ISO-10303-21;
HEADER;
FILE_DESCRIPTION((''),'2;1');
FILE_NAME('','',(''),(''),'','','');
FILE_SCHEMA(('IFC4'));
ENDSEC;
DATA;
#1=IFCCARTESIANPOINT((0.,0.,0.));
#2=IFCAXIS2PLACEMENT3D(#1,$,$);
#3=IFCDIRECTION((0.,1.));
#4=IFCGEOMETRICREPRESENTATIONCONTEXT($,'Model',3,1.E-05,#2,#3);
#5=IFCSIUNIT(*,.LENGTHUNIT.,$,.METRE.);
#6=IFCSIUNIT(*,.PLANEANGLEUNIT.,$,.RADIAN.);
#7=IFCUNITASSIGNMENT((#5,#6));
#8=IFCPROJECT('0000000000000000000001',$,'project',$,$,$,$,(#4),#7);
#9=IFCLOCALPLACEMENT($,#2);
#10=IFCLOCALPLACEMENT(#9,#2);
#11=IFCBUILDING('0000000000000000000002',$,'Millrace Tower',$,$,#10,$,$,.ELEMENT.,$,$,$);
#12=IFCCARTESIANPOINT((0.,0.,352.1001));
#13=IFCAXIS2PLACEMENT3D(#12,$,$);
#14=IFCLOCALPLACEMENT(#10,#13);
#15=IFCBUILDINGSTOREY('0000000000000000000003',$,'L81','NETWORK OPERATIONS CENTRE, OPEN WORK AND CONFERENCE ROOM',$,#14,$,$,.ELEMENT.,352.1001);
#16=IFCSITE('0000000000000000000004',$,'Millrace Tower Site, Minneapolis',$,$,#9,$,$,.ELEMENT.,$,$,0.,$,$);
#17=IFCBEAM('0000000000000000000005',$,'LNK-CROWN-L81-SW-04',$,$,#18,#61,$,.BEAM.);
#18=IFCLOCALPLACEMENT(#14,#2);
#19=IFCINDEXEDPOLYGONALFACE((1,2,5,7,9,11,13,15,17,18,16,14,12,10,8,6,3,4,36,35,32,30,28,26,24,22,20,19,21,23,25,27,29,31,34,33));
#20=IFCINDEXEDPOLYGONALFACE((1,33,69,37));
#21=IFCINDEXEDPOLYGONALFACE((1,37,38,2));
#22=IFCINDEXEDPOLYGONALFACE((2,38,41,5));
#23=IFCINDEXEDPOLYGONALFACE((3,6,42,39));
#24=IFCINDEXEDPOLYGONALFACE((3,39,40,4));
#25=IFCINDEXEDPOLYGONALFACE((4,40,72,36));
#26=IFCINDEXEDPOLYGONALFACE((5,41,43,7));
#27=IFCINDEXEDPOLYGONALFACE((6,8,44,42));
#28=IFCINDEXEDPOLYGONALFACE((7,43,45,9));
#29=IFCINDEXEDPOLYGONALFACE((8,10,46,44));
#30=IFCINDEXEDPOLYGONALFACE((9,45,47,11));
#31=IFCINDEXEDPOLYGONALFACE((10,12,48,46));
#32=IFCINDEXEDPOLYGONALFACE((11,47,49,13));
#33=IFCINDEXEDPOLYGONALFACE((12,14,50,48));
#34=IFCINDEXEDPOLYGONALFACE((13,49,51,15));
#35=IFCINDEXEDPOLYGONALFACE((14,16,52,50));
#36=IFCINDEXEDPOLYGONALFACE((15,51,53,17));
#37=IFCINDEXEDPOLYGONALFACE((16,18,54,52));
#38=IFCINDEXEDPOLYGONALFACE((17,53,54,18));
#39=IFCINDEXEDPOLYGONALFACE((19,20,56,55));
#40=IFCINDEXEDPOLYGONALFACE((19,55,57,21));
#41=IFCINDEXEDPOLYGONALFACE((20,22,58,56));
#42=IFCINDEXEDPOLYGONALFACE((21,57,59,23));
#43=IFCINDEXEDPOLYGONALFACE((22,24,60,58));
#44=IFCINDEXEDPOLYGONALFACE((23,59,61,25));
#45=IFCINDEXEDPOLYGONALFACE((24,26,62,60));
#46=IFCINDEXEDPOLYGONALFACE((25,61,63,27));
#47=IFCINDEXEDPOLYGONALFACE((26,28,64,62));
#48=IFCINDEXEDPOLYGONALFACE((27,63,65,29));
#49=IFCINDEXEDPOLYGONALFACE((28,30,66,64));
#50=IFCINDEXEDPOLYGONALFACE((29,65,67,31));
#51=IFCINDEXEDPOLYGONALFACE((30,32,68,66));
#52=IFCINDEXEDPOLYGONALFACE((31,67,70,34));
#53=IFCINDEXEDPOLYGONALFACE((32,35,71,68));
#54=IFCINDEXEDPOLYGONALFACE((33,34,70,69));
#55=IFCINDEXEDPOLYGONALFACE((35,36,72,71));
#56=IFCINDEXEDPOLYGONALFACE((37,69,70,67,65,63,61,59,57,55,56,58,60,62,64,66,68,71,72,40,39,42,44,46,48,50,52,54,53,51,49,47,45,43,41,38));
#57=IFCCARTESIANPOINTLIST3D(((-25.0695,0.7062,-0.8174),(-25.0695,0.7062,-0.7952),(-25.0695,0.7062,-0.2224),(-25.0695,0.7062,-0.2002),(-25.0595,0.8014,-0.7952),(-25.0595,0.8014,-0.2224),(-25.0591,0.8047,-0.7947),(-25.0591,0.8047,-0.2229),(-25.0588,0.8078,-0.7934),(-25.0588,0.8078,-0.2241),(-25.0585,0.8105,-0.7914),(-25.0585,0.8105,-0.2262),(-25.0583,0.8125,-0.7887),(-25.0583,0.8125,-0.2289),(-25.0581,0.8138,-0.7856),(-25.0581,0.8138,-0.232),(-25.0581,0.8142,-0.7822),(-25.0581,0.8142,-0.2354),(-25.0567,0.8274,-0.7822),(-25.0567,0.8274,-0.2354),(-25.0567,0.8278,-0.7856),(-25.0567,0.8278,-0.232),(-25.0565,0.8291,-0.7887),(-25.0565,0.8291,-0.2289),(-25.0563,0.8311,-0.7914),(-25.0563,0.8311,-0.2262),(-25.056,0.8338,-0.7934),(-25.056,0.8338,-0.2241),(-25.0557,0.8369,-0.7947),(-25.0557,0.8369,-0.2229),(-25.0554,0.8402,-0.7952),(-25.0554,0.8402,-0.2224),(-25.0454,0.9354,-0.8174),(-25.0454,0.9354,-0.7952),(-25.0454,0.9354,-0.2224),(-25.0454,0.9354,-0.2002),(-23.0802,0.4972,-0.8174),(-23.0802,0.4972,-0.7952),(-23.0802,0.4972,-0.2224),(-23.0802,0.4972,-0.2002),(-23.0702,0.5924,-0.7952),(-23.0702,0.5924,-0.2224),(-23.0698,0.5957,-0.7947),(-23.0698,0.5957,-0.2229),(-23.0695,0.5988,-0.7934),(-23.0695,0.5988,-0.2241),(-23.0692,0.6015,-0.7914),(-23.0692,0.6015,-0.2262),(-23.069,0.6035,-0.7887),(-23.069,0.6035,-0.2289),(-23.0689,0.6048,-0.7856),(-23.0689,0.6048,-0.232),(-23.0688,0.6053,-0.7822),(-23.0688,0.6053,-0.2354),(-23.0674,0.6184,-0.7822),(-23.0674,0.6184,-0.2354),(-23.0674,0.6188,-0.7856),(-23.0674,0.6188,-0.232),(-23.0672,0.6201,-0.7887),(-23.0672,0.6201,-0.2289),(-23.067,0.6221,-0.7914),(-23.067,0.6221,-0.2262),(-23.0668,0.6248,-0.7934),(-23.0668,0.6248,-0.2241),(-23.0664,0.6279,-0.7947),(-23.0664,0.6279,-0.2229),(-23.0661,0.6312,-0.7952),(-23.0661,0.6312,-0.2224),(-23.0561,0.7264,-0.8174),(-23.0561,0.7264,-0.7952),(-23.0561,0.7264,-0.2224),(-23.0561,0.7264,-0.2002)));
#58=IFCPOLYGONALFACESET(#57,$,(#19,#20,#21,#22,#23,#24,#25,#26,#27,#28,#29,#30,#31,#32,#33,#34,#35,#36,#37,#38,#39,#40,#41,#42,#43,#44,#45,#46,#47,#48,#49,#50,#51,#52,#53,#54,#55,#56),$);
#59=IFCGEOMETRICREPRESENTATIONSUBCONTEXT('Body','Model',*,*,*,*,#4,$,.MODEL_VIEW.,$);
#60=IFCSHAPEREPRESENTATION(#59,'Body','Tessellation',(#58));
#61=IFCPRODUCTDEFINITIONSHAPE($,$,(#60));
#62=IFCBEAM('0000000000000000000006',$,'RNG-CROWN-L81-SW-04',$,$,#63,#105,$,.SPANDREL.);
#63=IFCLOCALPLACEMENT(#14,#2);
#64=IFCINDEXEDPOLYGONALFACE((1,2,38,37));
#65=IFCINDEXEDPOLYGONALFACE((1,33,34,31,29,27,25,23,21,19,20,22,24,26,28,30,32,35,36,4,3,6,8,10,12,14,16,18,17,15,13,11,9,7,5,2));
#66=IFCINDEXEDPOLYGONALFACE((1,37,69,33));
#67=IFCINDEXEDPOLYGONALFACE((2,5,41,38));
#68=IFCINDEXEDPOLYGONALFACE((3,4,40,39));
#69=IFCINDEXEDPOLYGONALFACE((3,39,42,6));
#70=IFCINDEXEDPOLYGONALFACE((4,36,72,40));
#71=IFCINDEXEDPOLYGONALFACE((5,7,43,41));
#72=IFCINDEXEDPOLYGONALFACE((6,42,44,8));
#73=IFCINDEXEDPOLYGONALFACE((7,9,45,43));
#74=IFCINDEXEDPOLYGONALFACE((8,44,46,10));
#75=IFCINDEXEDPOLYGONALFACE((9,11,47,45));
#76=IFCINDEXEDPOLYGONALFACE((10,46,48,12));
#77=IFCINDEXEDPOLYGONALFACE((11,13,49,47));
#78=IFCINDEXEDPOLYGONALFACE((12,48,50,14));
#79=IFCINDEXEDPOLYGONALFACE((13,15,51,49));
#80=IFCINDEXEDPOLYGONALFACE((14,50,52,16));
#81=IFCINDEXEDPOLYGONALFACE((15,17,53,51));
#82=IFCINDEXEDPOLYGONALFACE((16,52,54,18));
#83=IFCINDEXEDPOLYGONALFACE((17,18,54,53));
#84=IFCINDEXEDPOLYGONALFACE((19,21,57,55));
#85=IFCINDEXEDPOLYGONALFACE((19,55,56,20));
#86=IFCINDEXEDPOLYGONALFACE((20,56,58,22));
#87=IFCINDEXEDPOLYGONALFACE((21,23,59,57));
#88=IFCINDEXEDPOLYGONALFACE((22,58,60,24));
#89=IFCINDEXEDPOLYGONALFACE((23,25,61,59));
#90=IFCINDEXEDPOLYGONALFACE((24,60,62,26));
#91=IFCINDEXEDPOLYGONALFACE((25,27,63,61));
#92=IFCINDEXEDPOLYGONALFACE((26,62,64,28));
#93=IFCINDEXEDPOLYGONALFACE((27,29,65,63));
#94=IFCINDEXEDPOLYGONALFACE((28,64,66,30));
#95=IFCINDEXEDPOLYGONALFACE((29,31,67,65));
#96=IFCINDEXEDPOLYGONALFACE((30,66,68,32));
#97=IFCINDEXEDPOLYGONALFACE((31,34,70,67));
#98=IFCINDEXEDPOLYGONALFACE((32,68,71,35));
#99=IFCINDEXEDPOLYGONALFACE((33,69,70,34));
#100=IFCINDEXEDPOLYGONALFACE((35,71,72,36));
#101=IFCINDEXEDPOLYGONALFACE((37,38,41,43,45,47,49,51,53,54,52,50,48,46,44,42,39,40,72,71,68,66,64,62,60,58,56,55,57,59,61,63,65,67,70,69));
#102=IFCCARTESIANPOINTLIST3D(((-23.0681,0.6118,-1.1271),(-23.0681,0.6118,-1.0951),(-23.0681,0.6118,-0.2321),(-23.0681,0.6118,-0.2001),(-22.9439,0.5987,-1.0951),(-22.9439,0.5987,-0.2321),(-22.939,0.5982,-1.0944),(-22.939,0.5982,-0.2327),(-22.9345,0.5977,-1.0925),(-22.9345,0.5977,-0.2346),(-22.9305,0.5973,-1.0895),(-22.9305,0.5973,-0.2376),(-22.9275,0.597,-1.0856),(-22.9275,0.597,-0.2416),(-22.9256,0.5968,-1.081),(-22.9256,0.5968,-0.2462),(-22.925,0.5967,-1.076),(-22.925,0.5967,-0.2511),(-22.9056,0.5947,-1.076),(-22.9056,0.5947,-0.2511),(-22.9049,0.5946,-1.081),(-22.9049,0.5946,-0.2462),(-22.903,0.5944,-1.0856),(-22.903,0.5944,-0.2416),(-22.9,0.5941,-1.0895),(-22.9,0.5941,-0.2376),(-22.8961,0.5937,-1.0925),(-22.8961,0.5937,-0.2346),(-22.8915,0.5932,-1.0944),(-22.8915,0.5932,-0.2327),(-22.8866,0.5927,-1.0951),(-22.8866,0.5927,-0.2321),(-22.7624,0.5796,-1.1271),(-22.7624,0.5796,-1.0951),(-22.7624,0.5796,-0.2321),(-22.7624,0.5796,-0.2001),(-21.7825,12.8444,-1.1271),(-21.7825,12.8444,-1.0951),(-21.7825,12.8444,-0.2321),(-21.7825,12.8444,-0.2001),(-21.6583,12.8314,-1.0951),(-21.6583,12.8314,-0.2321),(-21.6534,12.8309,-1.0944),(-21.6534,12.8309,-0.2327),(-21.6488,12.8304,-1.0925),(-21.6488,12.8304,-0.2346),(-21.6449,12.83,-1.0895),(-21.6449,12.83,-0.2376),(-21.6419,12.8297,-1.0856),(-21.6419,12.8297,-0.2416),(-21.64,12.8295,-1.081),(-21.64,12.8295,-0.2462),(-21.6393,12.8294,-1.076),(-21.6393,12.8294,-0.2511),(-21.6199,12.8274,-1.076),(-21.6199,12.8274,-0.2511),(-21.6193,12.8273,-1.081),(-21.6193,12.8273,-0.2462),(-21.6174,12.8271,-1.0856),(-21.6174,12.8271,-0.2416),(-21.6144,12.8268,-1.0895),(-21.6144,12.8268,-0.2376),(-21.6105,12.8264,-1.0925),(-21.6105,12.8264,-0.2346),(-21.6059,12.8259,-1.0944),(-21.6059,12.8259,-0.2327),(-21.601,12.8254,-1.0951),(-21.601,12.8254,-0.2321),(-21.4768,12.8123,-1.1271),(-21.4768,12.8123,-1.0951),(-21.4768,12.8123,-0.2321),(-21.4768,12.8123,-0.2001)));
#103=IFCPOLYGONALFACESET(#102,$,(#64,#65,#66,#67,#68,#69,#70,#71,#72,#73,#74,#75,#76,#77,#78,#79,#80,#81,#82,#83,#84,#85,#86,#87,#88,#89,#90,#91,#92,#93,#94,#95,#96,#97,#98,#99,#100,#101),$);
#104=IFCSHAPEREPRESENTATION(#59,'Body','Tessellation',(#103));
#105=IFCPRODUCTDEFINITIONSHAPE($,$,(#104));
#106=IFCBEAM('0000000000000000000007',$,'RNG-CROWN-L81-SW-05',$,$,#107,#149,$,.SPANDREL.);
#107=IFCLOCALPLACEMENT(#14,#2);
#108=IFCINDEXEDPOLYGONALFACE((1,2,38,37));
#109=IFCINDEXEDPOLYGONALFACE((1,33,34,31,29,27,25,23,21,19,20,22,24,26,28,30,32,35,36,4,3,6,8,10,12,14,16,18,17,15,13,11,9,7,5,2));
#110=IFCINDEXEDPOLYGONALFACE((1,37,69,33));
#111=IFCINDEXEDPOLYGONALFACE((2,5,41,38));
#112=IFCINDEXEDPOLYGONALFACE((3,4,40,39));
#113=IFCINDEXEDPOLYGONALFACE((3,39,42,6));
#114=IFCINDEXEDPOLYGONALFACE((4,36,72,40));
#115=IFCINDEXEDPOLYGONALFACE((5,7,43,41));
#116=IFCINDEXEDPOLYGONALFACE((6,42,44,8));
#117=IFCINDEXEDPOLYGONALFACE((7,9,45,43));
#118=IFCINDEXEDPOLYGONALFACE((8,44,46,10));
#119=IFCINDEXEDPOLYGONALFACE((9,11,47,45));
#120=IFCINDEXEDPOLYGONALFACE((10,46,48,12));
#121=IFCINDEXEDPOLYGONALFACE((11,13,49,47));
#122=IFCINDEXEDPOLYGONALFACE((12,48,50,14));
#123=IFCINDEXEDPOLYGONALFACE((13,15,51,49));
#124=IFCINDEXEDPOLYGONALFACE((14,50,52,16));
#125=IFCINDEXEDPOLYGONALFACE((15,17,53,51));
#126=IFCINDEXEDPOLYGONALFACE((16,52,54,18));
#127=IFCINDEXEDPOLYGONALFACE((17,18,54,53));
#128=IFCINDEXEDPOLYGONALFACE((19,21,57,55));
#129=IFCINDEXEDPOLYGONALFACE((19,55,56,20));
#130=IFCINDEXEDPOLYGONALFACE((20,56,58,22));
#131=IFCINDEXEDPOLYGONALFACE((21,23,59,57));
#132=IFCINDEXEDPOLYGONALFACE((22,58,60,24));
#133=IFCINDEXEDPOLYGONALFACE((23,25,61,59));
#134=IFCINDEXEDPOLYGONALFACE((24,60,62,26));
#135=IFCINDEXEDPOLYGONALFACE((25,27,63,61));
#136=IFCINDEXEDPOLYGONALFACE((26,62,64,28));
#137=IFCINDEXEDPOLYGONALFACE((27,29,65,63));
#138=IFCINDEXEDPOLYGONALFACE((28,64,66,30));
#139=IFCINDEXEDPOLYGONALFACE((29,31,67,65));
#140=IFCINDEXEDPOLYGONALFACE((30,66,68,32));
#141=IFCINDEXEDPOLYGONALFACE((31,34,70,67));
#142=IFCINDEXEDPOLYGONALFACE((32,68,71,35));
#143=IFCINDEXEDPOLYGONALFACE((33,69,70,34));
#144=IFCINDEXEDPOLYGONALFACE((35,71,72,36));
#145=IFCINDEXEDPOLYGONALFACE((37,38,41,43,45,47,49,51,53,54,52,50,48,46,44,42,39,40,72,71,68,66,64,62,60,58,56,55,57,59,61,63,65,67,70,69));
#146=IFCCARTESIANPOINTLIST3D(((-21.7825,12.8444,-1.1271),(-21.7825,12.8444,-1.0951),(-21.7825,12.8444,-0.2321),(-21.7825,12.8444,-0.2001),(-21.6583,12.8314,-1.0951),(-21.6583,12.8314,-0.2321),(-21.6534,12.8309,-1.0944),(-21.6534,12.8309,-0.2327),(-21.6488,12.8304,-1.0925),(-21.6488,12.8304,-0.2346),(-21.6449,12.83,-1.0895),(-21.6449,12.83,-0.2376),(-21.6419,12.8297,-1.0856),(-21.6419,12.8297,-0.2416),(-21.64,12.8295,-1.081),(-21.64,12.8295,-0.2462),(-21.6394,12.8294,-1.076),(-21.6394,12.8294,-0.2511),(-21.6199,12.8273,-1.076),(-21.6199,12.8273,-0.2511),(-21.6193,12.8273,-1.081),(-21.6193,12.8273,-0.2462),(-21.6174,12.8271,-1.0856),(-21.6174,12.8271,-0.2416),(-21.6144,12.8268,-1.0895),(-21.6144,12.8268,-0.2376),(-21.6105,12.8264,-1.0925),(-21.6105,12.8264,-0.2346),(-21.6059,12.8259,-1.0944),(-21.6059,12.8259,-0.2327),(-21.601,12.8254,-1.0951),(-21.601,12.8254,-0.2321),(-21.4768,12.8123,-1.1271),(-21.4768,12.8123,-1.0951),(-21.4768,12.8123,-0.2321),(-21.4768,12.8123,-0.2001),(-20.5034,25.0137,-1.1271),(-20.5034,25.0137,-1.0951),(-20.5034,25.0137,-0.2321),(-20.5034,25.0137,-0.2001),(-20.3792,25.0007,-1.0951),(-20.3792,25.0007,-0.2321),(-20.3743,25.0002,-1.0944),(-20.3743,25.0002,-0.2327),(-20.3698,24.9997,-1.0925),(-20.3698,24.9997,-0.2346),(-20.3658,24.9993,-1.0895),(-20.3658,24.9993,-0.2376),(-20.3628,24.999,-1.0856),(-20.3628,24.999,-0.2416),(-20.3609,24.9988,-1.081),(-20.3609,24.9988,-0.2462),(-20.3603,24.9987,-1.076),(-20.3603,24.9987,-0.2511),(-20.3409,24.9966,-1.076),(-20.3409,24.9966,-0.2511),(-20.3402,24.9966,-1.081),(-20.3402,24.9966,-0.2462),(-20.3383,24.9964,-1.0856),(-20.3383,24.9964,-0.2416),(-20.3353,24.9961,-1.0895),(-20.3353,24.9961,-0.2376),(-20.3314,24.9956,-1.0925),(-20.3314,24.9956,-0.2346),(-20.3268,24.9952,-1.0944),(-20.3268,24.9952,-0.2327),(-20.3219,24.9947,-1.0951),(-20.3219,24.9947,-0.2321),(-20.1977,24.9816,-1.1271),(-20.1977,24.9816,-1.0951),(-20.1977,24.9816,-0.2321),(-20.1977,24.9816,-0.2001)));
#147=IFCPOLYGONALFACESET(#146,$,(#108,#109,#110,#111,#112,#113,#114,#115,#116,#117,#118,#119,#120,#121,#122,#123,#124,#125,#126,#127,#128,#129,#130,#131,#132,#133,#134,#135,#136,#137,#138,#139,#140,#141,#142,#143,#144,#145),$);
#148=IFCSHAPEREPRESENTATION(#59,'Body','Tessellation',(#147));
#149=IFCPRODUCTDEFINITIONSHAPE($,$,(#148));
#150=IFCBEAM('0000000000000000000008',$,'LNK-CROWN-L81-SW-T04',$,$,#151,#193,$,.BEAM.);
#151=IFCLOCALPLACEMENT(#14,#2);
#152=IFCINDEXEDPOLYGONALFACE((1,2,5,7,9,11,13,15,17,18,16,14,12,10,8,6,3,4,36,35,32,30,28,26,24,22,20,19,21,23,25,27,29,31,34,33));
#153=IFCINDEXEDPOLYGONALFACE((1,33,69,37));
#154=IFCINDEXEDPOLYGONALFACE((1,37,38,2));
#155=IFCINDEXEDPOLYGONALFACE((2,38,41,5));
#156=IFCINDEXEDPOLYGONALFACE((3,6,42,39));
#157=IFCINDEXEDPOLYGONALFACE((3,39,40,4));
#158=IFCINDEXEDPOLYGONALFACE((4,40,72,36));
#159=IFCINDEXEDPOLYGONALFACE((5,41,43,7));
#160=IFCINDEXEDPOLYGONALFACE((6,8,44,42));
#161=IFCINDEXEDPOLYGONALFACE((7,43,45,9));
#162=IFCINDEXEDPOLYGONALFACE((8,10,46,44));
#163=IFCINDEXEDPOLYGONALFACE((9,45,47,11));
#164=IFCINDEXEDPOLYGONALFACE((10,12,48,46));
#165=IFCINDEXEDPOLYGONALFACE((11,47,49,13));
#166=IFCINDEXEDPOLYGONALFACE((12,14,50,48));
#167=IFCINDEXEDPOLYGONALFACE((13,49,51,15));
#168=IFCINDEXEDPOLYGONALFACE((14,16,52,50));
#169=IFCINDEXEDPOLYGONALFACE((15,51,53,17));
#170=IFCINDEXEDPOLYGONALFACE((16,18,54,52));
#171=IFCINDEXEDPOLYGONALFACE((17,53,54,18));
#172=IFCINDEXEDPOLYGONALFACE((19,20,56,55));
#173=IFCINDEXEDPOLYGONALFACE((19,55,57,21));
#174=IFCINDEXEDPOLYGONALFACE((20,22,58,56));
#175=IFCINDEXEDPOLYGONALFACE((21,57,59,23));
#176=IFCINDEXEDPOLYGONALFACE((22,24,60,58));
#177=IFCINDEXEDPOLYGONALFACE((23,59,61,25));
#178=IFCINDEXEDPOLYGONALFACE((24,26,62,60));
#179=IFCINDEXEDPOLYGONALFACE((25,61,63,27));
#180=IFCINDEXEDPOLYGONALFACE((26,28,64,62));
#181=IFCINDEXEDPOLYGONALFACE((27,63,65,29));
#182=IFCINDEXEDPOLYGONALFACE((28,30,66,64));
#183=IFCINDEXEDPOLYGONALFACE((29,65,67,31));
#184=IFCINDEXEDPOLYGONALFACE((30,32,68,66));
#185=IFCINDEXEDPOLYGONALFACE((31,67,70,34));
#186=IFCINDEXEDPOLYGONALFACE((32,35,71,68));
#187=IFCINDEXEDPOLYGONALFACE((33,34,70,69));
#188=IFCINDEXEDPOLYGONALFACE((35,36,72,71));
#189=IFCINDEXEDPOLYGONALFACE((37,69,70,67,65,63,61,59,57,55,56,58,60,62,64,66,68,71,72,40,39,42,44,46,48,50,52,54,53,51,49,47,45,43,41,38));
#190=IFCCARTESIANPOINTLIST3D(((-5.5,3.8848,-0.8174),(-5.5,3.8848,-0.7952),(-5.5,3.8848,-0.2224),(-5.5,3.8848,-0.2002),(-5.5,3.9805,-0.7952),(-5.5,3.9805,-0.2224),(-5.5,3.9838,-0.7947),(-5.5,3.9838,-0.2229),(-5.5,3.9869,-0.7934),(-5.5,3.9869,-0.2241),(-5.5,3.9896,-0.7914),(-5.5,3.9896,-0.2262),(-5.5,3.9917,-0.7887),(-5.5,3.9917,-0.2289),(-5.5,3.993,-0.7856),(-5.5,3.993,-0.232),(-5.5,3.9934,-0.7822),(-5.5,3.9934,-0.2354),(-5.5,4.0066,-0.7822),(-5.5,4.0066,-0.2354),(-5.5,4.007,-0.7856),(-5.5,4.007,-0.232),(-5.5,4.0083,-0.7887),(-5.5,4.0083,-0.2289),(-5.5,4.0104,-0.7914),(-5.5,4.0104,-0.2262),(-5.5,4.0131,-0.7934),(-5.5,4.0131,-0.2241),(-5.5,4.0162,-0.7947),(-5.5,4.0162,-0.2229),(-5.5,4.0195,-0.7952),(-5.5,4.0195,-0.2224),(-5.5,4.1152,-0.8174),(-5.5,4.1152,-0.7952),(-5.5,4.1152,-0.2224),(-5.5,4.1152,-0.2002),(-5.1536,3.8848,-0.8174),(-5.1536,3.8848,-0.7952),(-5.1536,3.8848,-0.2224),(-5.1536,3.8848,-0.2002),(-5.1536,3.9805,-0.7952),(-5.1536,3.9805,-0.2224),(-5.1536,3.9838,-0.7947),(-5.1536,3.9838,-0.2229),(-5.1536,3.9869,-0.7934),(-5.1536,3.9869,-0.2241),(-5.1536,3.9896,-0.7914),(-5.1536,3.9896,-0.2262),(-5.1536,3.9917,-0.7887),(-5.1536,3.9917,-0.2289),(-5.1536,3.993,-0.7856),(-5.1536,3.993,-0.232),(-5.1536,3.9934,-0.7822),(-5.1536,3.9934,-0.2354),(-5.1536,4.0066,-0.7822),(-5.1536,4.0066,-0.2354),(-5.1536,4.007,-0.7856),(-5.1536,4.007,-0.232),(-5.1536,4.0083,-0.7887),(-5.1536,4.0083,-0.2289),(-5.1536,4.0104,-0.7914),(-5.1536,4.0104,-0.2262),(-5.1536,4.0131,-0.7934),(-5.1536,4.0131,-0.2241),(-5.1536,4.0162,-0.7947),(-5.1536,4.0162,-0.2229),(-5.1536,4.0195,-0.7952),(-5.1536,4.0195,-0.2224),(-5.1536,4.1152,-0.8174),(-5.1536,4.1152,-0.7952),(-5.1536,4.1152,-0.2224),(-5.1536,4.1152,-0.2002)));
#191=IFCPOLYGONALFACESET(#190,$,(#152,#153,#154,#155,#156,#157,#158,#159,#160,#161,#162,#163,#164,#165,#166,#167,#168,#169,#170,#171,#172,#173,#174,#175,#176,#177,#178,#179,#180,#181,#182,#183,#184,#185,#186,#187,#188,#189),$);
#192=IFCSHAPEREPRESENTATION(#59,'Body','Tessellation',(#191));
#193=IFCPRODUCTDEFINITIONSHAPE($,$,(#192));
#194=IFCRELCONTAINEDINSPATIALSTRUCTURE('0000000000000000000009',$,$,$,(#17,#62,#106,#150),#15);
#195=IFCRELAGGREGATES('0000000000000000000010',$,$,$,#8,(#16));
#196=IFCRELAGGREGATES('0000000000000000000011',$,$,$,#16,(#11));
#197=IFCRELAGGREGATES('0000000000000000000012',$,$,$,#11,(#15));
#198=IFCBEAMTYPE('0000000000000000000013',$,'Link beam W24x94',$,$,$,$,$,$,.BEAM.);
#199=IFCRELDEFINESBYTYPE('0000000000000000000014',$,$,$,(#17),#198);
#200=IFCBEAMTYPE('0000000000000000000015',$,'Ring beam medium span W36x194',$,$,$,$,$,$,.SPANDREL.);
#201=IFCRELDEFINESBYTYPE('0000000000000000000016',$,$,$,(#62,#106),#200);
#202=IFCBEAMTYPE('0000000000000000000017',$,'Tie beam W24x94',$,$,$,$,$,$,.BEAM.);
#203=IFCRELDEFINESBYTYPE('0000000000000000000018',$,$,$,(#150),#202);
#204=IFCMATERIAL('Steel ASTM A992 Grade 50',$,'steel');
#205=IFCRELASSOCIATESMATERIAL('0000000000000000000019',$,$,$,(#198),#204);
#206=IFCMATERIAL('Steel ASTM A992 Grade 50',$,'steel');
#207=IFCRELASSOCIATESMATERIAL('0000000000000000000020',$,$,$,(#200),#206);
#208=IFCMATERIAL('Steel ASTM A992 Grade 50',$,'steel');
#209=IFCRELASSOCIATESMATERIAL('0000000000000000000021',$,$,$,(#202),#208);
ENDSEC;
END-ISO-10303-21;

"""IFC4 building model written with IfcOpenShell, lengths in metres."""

from ifc_helpers import new_model, si_unit, direction, frame, origin, origin_2d, place, context, subcontext, project, spatial, i_section, extrude, material, material_profile, profile_set, type_object, element, save


model = new_model("IFC4")

# Units and contexts
model_context = context("Model", 3, precision=1e-05, world=origin(), true_north=direction((0.0, 1.0)))
body_context = subcontext(model_context, "Body", "Model", "MODEL_VIEW")
ifc_project = project(units=[si_unit("LENGTHUNIT", "METRE"), si_unit("PLANEANGLEUNIT", "RADIAN")], contexts=[model_context])

# Site, building, storey
site_placement = place(None, origin())
site = spatial("IfcSite", under=ifc_project, at=site_placement, Name="Millrace Tower Site, Minneapolis", CompositionType="ELEMENT", RefElevation=0.0)
building_placement = place(site_placement, origin())
building = spatial("IfcBuilding", under=site, at=building_placement, Name="Millrace Tower", CompositionType="ELEMENT")
storey_placement = place(building_placement, frame((0.0, 0.0, 352.1001)))
storey = spatial("IfcBuildingStorey", under=building, at=storey_placement, Name="L81", Description="NETWORK OPERATIONS CENTRE, OPEN WORK AND CONFERENCE ROOM", CompositionType="ELEMENT", Elevation=352.1001)

# Beams
ifc_material_1 = material(Name="Steel ASTM A992 Grade 50", Category="steel")
ifc_material_profile_1 = material_profile(ifc_material_1, i_section(OverallWidth=0.2305, OverallDepth=0.6172, WebThickness=0.0132, FlangeThickness=0.0222, FilletRadius=0.0129, at=origin_2d()))
ifc_profile_set_1 = profile_set([ifc_material_profile_1], Name="Steel ASTM A992 Grade 50")
beam_type_1 = type_object("IfcBeamType", Name="Link beam W24x94", PredefinedType="BEAM", material=ifc_profile_set_1)
beam_1_placement = place(storey_placement, frame((-23.0681, 0.6118, -0.5088), z_axis=(-0.994527, 0.104481, 0.0), x_axis=(-0.104481, -0.994527, 0.0)))
element("IfcBeam", 1, at=beam_1_placement, inside=storey, type_object=beam_type_1, Name="LNK-CROWN-L81-SW-04", PredefinedType="BEAM", context=body_context, shape_type="SweptSolid", body=[
    extrude(i_section(OverallWidth=0.2305, OverallDepth=0.6172, WebThickness=0.0132, FlangeThickness=0.0222, FilletRadius=0.0129, at=origin_2d()), origin(), (0.0, 0.0, 1.0), 2.0002),
])
ifc_material_2 = material(Name="Steel ASTM A992 Grade 50", Category="steel")
ifc_material_profile_2 = material_profile(ifc_material_2, i_section(OverallWidth=0.3074, OverallDepth=0.927, WebThickness=0.0195, FlangeThickness=0.032, FilletRadius=0.019, at=origin_2d()))
ifc_profile_set_2 = profile_set([ifc_material_profile_2], Name="Steel ASTM A992 Grade 50")
beam_type_2 = type_object("IfcBeamType", Name="Ring beam medium span W36x194", PredefinedType="SPANDREL", material=ifc_profile_set_2)
beam_2_placement = place(storey_placement, frame((-22.9153, 0.5957, -0.6636), z_axis=(0.104524, 0.994522, 0.0), x_axis=(-0.994522, 0.104524, 0.0)))
element("IfcBeam", 2, at=beam_2_placement, inside=storey, type_object=beam_type_2, Name="RNG-CROWN-L81-SW-04", PredefinedType="SPANDREL", context=body_context, shape_type="SweptSolid", body=[
    extrude(i_section(OverallWidth=0.3074, OverallDepth=0.927, WebThickness=0.0195, FlangeThickness=0.032, FilletRadius=0.019, at=origin_2d()), origin(), (0.0, 0.0, 1.0), 12.3),
])
beam_3_placement = place(storey_placement, frame((-21.6296, 12.8284, -0.6636), z_axis=(0.10453, 0.994522, 0.0), x_axis=(-0.994522, 0.10453, 0.0)))
element("IfcBeam", 3, at=beam_3_placement, inside=storey, type_object=beam_type_2, Name="RNG-CROWN-L81-SW-05", PredefinedType="SPANDREL", context=body_context, shape_type="SweptSolid", body=[
    extrude(i_section(OverallWidth=0.3074, OverallDepth=0.927, WebThickness=0.0195, FlangeThickness=0.032, FilletRadius=0.019, at=origin_2d()), origin(), (0.0, 0.0, 1.0), 12.2363),
])
ifc_material_3 = material(Name="Steel ASTM A992 Grade 50", Category="steel")
ifc_material_profile_3 = material_profile(ifc_material_3, i_section(OverallWidth=0.2305, OverallDepth=0.6172, WebThickness=0.0132, FlangeThickness=0.0222, FilletRadius=0.0129, at=origin_2d()))
ifc_profile_set_3 = profile_set([ifc_material_profile_3], Name="Steel ASTM A992 Grade 50")
beam_type_3 = type_object("IfcBeamType", Name="Tie beam W24x94", PredefinedType="BEAM", material=ifc_profile_set_3)
for number, where, z_axis, x_axis, name in (
    (4, (-5.1536, 4.0, -0.5088), (-1.0, 0.0, 0.0), (0.0, -1.0, 0.0), "LNK-CROWN-L81-SW-T04"),
):
    element("IfcBeam", number, at=place(storey_placement, frame(where, z_axis=z_axis, x_axis=x_axis)), inside=storey, type_object=beam_type_3, Name=name, PredefinedType="BEAM", context=body_context, shape_type="SweptSolid", body=[
        extrude(i_section(OverallWidth=0.2305, OverallDepth=0.6172, WebThickness=0.0132, FlangeThickness=0.0222, FilletRadius=0.0129, at=origin_2d()), origin(), (0.0, 0.0, 1.0), 0.3464),
    ])

save(model, "model.ifc")
